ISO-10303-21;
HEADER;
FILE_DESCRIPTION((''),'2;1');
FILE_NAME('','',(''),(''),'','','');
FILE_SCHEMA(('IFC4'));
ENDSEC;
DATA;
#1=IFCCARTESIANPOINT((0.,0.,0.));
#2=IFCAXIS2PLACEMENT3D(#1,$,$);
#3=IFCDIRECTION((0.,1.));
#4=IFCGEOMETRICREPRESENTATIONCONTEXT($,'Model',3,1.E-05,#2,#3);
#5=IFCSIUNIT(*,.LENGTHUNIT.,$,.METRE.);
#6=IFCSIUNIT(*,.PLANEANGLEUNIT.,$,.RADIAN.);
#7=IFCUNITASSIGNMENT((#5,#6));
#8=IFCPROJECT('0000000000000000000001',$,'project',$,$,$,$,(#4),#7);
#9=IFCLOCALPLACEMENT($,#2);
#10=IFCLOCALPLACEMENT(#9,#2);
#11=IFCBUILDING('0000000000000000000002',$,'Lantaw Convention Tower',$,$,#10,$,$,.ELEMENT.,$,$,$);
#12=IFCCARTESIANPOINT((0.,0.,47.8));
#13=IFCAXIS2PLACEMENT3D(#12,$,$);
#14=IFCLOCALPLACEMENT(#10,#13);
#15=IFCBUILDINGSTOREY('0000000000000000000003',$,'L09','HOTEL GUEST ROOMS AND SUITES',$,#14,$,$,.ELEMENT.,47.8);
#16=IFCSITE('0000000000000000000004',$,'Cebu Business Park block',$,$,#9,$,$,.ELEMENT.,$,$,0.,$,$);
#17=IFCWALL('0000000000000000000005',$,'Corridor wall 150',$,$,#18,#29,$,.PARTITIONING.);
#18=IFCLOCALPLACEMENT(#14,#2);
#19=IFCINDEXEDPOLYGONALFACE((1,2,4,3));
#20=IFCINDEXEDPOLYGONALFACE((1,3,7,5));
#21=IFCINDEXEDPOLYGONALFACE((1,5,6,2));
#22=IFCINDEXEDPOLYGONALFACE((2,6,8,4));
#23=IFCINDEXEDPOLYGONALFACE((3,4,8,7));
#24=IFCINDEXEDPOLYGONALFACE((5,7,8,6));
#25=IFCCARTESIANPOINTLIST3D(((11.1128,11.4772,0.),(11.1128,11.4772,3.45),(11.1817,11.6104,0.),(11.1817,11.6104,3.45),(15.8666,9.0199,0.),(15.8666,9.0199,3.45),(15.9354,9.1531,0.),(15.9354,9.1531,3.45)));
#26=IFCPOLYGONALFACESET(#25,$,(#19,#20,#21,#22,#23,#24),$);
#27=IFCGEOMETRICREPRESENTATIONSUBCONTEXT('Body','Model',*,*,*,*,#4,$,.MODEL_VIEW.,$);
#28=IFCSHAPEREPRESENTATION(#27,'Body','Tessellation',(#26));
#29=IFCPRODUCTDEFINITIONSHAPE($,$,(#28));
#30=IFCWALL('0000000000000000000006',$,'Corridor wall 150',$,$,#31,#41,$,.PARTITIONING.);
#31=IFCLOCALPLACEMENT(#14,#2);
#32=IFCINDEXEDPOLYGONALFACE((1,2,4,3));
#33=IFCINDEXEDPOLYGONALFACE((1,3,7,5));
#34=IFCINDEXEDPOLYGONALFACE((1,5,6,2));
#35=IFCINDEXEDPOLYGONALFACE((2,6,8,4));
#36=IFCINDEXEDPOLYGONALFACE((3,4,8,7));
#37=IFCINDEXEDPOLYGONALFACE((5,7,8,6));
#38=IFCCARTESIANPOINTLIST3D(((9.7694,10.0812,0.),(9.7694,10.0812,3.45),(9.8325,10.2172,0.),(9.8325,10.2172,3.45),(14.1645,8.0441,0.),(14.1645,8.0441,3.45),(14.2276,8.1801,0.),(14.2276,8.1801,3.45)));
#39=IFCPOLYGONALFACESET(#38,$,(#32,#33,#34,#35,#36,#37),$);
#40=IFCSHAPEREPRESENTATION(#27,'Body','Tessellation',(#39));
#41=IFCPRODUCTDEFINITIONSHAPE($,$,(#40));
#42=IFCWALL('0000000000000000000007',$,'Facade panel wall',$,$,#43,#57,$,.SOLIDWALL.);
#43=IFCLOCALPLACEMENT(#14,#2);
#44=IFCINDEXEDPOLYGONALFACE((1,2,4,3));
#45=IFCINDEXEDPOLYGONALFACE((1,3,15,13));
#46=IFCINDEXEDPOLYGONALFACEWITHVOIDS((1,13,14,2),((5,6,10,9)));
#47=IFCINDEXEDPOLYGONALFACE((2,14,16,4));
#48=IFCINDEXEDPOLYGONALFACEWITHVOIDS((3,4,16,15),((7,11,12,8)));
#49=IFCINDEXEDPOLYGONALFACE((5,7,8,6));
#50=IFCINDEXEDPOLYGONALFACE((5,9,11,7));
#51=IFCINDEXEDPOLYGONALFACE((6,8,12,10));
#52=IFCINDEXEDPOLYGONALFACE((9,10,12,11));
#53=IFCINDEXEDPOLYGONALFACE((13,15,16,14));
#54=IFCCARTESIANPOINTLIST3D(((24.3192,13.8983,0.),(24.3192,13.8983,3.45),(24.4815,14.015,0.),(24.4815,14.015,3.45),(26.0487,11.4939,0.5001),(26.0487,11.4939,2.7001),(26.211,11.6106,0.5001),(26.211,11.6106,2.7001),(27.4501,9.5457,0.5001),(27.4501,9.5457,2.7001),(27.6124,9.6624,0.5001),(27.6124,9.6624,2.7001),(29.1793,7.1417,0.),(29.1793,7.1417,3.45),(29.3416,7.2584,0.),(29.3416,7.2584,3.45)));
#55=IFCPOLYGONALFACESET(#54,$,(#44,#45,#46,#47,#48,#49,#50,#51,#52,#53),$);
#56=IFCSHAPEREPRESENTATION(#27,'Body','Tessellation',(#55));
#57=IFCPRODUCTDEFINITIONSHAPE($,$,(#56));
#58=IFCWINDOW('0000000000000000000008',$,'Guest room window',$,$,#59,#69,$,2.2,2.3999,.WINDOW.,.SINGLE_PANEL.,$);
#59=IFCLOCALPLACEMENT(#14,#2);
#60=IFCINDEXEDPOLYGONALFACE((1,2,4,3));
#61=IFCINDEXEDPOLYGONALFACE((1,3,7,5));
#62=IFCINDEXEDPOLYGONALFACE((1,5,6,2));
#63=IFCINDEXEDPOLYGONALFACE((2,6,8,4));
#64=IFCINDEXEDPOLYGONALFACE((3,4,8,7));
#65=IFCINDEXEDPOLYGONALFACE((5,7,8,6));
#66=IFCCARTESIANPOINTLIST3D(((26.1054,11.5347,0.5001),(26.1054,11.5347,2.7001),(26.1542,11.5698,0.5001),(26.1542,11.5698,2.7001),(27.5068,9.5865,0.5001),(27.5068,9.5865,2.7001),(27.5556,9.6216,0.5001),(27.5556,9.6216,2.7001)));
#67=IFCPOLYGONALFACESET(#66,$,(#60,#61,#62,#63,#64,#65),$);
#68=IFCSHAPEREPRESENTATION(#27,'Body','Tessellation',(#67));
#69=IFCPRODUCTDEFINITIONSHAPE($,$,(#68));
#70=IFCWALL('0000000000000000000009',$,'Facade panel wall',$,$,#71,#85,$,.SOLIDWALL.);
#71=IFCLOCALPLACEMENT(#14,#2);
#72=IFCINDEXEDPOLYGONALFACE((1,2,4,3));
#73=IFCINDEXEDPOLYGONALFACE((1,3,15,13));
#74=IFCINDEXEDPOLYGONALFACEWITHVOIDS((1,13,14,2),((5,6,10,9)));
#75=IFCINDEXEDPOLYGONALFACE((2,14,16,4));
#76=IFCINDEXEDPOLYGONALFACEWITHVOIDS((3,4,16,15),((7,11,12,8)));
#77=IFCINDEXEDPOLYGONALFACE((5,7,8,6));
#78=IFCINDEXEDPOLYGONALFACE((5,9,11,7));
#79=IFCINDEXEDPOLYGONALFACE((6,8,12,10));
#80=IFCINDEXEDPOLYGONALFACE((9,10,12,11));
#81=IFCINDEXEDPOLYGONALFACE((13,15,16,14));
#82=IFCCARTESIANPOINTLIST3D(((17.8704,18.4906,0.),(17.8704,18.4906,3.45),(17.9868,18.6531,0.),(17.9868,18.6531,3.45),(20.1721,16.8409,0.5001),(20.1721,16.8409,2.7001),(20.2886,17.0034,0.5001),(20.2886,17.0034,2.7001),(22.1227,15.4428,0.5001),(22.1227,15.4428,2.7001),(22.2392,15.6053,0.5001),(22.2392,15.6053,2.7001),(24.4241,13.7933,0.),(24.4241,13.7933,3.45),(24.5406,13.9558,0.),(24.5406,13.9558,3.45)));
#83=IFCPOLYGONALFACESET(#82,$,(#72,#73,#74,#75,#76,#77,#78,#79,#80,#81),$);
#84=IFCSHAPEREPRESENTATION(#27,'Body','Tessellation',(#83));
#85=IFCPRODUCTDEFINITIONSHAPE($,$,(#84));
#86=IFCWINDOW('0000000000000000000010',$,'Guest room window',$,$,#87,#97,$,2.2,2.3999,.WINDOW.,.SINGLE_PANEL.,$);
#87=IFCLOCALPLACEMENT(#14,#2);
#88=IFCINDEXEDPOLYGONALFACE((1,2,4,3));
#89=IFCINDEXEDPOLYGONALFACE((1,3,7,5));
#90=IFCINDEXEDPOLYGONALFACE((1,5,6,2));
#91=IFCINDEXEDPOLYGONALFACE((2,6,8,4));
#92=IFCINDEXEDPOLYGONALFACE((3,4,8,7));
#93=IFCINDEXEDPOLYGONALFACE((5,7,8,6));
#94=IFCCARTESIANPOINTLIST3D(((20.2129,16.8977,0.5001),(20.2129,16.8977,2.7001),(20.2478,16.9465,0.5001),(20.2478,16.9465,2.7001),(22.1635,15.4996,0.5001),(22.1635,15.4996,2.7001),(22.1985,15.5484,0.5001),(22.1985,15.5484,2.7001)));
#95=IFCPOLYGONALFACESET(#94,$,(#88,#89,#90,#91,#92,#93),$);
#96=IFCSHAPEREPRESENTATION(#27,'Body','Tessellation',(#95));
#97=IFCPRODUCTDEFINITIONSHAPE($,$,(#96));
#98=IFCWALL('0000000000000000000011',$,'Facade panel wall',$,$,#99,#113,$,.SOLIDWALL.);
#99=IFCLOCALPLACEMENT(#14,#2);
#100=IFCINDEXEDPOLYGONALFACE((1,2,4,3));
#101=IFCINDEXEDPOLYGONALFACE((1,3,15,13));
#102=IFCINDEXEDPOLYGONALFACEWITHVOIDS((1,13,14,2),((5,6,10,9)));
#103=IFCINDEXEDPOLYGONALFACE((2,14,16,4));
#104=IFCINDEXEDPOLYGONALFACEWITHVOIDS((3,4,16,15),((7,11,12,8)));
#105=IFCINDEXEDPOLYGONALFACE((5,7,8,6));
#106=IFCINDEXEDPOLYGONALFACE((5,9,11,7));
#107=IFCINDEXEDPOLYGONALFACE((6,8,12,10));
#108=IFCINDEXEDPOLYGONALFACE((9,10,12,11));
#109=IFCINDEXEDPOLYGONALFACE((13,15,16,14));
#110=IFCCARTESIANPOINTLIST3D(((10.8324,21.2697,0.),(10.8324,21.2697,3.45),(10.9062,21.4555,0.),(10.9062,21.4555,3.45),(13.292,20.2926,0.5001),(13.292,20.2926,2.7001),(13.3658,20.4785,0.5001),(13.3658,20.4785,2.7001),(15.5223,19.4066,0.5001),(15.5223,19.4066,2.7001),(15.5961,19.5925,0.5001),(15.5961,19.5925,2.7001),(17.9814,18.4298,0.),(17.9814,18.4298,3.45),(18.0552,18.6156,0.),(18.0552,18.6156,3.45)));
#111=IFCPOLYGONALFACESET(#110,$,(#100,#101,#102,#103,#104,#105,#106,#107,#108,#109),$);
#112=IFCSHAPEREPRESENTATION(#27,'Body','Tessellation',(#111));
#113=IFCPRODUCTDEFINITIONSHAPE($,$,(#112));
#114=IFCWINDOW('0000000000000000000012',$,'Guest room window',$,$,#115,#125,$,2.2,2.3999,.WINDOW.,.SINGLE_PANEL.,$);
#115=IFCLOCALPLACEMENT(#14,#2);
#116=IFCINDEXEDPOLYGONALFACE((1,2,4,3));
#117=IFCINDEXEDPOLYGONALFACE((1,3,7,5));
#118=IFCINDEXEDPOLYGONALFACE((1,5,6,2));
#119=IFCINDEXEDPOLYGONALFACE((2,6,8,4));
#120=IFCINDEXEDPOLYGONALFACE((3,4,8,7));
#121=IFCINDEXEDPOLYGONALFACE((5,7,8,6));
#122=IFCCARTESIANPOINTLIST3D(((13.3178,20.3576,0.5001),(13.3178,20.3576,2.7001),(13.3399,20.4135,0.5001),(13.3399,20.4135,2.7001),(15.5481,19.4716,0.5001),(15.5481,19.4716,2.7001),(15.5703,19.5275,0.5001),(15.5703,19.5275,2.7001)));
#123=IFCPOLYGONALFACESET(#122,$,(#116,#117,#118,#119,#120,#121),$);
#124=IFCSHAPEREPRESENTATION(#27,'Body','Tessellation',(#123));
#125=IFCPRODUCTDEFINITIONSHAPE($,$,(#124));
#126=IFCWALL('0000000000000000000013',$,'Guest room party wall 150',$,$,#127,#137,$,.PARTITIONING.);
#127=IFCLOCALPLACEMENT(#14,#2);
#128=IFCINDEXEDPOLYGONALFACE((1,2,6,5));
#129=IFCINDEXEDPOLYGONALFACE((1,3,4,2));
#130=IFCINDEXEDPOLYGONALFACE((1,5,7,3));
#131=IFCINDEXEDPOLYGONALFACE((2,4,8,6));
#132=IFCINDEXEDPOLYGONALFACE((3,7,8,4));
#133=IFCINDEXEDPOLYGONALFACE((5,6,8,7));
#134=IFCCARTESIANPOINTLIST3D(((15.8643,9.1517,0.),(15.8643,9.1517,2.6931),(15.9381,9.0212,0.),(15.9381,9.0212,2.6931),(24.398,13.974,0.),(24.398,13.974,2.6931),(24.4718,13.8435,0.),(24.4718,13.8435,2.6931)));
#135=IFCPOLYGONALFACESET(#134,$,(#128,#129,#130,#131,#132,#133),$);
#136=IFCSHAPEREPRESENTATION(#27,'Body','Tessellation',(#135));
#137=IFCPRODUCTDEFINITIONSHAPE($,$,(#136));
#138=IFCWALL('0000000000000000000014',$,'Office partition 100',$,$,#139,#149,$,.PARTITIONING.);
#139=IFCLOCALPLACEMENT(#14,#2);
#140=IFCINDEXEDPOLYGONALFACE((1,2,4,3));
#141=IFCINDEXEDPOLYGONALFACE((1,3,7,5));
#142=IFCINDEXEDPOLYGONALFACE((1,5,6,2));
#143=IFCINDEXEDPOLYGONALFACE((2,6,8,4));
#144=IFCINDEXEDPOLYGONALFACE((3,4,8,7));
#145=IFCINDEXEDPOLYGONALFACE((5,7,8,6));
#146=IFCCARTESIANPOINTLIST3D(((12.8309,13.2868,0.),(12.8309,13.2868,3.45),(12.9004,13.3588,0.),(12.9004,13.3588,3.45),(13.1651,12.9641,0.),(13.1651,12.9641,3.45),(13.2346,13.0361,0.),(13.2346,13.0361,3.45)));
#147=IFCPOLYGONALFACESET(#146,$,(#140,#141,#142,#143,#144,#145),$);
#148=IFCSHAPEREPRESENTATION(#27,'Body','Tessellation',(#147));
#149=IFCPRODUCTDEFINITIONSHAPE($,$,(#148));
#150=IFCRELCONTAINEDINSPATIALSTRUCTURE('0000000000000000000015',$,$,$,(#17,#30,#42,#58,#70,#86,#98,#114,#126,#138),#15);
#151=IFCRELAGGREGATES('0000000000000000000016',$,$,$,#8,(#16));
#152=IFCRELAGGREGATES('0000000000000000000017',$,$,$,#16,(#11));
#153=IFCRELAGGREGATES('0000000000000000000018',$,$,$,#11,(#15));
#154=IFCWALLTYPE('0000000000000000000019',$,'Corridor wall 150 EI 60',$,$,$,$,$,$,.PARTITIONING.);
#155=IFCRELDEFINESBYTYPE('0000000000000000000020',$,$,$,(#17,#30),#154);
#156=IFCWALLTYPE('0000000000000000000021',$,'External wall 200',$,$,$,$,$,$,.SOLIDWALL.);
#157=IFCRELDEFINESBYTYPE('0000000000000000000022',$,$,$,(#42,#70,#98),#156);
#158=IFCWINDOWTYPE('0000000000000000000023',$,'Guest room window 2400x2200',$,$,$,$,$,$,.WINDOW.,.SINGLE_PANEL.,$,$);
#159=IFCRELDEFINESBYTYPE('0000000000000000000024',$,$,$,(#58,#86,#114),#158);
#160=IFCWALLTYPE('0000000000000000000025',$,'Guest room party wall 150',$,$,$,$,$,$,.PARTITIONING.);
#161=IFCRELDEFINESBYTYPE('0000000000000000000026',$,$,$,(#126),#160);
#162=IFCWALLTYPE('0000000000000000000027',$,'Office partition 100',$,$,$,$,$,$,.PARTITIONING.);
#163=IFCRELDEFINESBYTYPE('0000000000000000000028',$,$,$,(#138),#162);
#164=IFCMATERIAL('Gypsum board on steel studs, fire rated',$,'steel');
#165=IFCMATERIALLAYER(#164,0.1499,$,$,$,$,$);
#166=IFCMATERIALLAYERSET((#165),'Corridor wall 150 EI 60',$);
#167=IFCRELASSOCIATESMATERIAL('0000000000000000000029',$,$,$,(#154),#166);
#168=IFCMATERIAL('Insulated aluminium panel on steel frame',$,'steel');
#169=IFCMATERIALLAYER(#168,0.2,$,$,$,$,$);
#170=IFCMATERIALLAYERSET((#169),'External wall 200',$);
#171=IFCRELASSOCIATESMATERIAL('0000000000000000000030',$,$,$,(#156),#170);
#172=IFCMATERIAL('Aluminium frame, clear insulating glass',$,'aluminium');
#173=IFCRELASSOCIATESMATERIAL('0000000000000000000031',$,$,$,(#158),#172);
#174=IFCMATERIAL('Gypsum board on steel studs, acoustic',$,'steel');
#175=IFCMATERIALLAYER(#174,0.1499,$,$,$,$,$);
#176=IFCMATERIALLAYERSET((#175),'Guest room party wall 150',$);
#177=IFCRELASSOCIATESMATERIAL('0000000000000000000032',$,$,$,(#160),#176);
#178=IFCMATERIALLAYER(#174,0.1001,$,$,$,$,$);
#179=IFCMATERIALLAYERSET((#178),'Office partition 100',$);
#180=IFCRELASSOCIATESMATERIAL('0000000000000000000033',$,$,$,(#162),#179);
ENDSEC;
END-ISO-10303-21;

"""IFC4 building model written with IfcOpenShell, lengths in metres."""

from ifc_helpers import new_model, si_unit, direction, frame, frame_2d, origin, place, context, subcontext, project, spatial, rectangle, extrude, material, layer, layer_set, type_object, element, fill, save


model = new_model("IFC4")

# Units and contexts
model_context = context("Model", 3, precision=1e-05, world=origin(), true_north=direction((0.0, 1.0)))
body_context = subcontext(model_context, "Body", "Model", "MODEL_VIEW")
ifc_project = project(units=[si_unit("LENGTHUNIT", "METRE"), si_unit("PLANEANGLEUNIT", "RADIAN")], contexts=[model_context])

# Site, building, storey
site_placement = place(None, origin())
site = spatial("IfcSite", under=ifc_project, at=site_placement, Name="Cebu Business Park block", CompositionType="ELEMENT", RefElevation=0.0)
building_placement = place(site_placement, origin())
building = spatial("IfcBuilding", under=site, at=building_placement, Name="Lantaw Convention Tower", CompositionType="ELEMENT")
storey_placement = place(building_placement, frame((0.0, 0.0, 47.8)))
storey = spatial("IfcBuildingStorey", under=building, at=storey_placement, Name="L09", Description="HOTEL GUEST ROOMS AND SUITES", CompositionType="ELEMENT", Elevation=47.8)

# Walls
ifc_material_1 = material(Name="Gypsum board on steel studs, fire rated", Category="steel")
ifc_layer_1 = layer(ifc_material_1, 0.1499)
ifc_layer_set_1 = layer_set([ifc_layer_1], Name="Corridor wall 150 EI 60")
wall_type_1 = type_object("IfcWallType", Name="Corridor wall 150 EI 60", PredefinedType="PARTITIONING", material=ifc_layer_set_1)
wall_1_placement = place(storey_placement, frame((15.9011, 9.0864, 0.0), z_axis=(0.0, 0.0, 1.0), x_axis=(-0.888333, 0.459199, 0.0)))
element("IfcWall", 1, at=wall_1_placement, inside=storey, type_object=wall_type_1, Name="Corridor wall 150", PredefinedType="PARTITIONING", context=body_context, shape_type="SweptSolid", body=[
    extrude(rectangle(XDim=5.3513, YDim=0.1499, at=frame_2d((2.6758, 0.0))), origin(), (0.0, 0.0, 1.0), 3.45),
])
wall_2_placement = place(storey_placement, frame((14.196, 8.1121, 0.0), z_axis=(0.0, 0.0, 1.0), x_axis=(-0.90728, 0.420528, 0.0)))
element("IfcWall", 2, at=wall_2_placement, inside=storey, type_object=wall_type_1, Name="Corridor wall 150", PredefinedType="PARTITIONING", context=body_context, shape_type="SweptSolid", body=[
    extrude(rectangle(XDim=4.8442, YDim=0.1499, at=frame_2d((2.4221, 0.0))), origin(), (0.0, 0.0, 1.0), 3.45),
])

# Walls, openings, windows
ifc_material_2 = material(Name="Insulated aluminium panel on steel frame", Category="steel")
ifc_layer_2 = layer(ifc_material_2, 0.2)
ifc_layer_set_2 = layer_set([ifc_layer_2], Name="External wall 200")
wall_type_2 = type_object("IfcWallType", Name="External wall 200", PredefinedType="SOLIDWALL", material=ifc_layer_set_2)
wall_3_placement = place(storey_placement, frame((29.2605, 7.2, 0.0), z_axis=(0.0, 0.0, 1.0), x_axis=(-0.583938, 0.811799, 0.0)))
wall_3 = element("IfcWall", 3, at=wall_3_placement, inside=storey, type_object=wall_type_2, Name="Facade panel wall", PredefinedType="SOLIDWALL", context=body_context, shape_type="SweptSolid", body=[
    extrude(rectangle(XDim=8.323, YDim=0.2, at=frame_2d((4.1616, 0.0))), origin(), (0.0, 0.0, 1.0), 3.45),
])
opening_1_placement = place(wall_3_placement, frame((2.9614, 0.0, 0.5)))
opening_1 = element("IfcOpeningElement", 4, at=opening_1_placement, cuts=wall_3, PredefinedType="OPENING", context=body_context, shape_type="SweptSolid", body=[
    extrude(rectangle(XDim=2.3999, YDim=2.2, at=frame_2d((1.2, 1.1001))), frame((0.0, 0.1099, 0.0), z_axis=(0.0, -1.0, 0.0), x_axis=(1.0, 0.0, 0.0)), (0.0, 0.0, 1.0), 0.22),
])
ifc_material_3 = material(Name="Aluminium frame, clear insulating glass", Category="aluminium")
window_type = type_object("IfcWindowType", Name="Guest room window 2400x2200", PartitioningType="SINGLE_PANEL", PredefinedType="WINDOW", material=ifc_material_3)
window_1_placement = place(opening_1_placement, origin())
window_1 = element("IfcWindow", 5, at=window_1_placement, inside=storey, type_object=window_type, Name="Guest room window", OverallHeight=2.2, OverallWidth=2.3999, PartitioningType="SINGLE_PANEL", PredefinedType="WINDOW", context=body_context, shape_type="SweptSolid", body=[
    extrude(rectangle(XDim=2.3999, YDim=2.2, at=frame_2d((1.2, 1.1001))), frame((0.0, 0.03, 0.0), z_axis=(0.0, -1.0, 0.0), x_axis=(1.0, 0.0, 0.0)), (0.0, 0.0, 1.0), 0.0601),
])
fill(opening_1, window_1)
wall_4_placement = place(storey_placement, frame((24.4824, 13.8745, 0.0), z_axis=(0.0, 0.0, 1.0), x_axis=(-0.812791, 0.582555, 0.0)))
wall_4 = element("IfcWall", 6, at=wall_4_placement, inside=storey, type_object=wall_type_2, Name="Facade panel wall", PredefinedType="SOLIDWALL", context=body_context, shape_type="SweptSolid", body=[
    extrude(rectangle(XDim=8.0632, YDim=0.2, at=frame_2d((4.0317, 0.0))), origin(), (0.0, 0.0, 1.0), 3.45),
])
opening_2_placement = place(wall_4_placement, frame((2.8315, 0.0, 0.5)))
opening_2 = element("IfcOpeningElement", 7, at=opening_2_placement, cuts=wall_4, PredefinedType="OPENING", context=body_context, shape_type="SweptSolid", body=[
    extrude(rectangle(XDim=2.3999, YDim=2.2, at=frame_2d((1.2, 1.1001))), frame((0.0, 0.1099, 0.0), z_axis=(0.0, -1.0, 0.0), x_axis=(1.0, 0.0, 0.0)), (0.0, 0.0, 1.0), 0.22),
])
window_2_placement = place(opening_2_placement, origin())
window_2 = element("IfcWindow", 8, at=window_2_placement, inside=storey, type_object=window_type, Name="Guest room window", OverallHeight=2.2, OverallWidth=2.3999, PartitioningType="SINGLE_PANEL", PredefinedType="WINDOW", context=body_context, shape_type="SweptSolid", body=[
    extrude(rectangle(XDim=2.3999, YDim=2.2, at=frame_2d((1.2, 1.1001))), frame((0.0, 0.03, 0.0), z_axis=(0.0, -1.0, 0.0), x_axis=(1.0, 0.0, 0.0)), (0.0, 0.0, 1.0), 0.0601),
])
fill(opening_2, window_2)
wall_5_placement = place(storey_placement, frame((18.0183, 18.5227, 0.0), z_axis=(0.0, 0.0, 1.0), x_axis=(-0.929358, 0.369179, 0.0)))
wall_5 = element("IfcWall", 9, at=wall_5_placement, inside=storey, type_object=wall_type_2, Name="Facade panel wall", PredefinedType="SOLIDWALL", context=body_context, shape_type="SweptSolid", body=[
    extrude(rectangle(XDim=7.6924, YDim=0.2, at=frame_2d((3.8462, 0.0))), origin(), (0.0, 0.0, 1.0), 3.45),
])
opening_3_placement = place(wall_5_placement, frame((2.646, 0.0, 0.5)))
opening_3 = element("IfcOpeningElement", 10, at=opening_3_placement, cuts=wall_5, PredefinedType="OPENING", context=body_context, shape_type="SweptSolid", body=[
    extrude(rectangle(XDim=2.3999, YDim=2.2, at=frame_2d((1.2, 1.1001))), frame((0.0, 0.1099, 0.0), z_axis=(0.0, -1.0, 0.0), x_axis=(1.0, 0.0, 0.0)), (0.0, 0.0, 1.0), 0.22),
])
window_3_placement = place(opening_3_placement, origin())
window_3 = element("IfcWindow", 11, at=window_3_placement, inside=storey, type_object=window_type, Name="Guest room window", OverallHeight=2.2, OverallWidth=2.3999, PartitioningType="SINGLE_PANEL", PredefinedType="WINDOW", context=body_context, shape_type="SweptSolid", body=[
    extrude(rectangle(XDim=2.3999, YDim=2.2, at=frame_2d((1.2, 1.1001))), frame((0.0, 0.03, 0.0), z_axis=(0.0, -1.0, 0.0), x_axis=(1.0, 0.0, 0.0)), (0.0, 0.0, 1.0), 0.0601),
])
fill(opening_3, window_3)

# Walls
ifc_material_4 = material(Name="Gypsum board on steel studs, acoustic", Category="steel")
ifc_layer_3 = layer(ifc_material_4, 0.1499)
ifc_layer_set_3 = layer_set([ifc_layer_3], Name="Guest room party wall 150")
wall_type_3 = type_object("IfcWallType", Name="Guest room party wall 150", PredefinedType="PARTITIONING", material=ifc_layer_set_3)
wall_6_placement = place(storey_placement, frame((24.4348, 13.9087, 0.0), z_axis=(0.0, 0.0, 1.0), x_axis=(-0.870612, -0.49197, 0.0)))
element("IfcWall", 12, at=wall_6_placement, inside=storey, type_object=wall_type_3, Name="Guest room party wall 150", PredefinedType="PARTITIONING", context=body_context, shape_type="SweptSolid", body=[
    extrude(rectangle(XDim=9.802, YDim=0.1499, at=frame_2d((4.9009, 0.0))), origin(), (0.0, 0.0, 1.0), 2.6931),
])
ifc_layer_4 = layer(ifc_material_4, 0.1001)
ifc_layer_set_4 = layer_set([ifc_layer_4], Name="Office partition 100")
wall_type_4 = type_object("IfcWallType", Name="Office partition 100", PredefinedType="PARTITIONING", material=ifc_layer_set_4)
wall_7_placement = place(storey_placement, frame((13.2, 13.0, 0.0), z_axis=(0.0, 0.0, 1.0), x_axis=(-0.719347, 0.694651, 0.0)))
element("IfcWall", 13, at=wall_7_placement, inside=storey, type_object=wall_type_4, Name="Office partition 100", PredefinedType="PARTITIONING", context=body_context, shape_type="SweptSolid", body=[
    extrude(rectangle(XDim=0.4646, YDim=0.1001, at=frame_2d((0.2324, 0.0))), origin(), (0.0, 0.0, 1.0), 3.45),
])

save(model, "model.ifc")
